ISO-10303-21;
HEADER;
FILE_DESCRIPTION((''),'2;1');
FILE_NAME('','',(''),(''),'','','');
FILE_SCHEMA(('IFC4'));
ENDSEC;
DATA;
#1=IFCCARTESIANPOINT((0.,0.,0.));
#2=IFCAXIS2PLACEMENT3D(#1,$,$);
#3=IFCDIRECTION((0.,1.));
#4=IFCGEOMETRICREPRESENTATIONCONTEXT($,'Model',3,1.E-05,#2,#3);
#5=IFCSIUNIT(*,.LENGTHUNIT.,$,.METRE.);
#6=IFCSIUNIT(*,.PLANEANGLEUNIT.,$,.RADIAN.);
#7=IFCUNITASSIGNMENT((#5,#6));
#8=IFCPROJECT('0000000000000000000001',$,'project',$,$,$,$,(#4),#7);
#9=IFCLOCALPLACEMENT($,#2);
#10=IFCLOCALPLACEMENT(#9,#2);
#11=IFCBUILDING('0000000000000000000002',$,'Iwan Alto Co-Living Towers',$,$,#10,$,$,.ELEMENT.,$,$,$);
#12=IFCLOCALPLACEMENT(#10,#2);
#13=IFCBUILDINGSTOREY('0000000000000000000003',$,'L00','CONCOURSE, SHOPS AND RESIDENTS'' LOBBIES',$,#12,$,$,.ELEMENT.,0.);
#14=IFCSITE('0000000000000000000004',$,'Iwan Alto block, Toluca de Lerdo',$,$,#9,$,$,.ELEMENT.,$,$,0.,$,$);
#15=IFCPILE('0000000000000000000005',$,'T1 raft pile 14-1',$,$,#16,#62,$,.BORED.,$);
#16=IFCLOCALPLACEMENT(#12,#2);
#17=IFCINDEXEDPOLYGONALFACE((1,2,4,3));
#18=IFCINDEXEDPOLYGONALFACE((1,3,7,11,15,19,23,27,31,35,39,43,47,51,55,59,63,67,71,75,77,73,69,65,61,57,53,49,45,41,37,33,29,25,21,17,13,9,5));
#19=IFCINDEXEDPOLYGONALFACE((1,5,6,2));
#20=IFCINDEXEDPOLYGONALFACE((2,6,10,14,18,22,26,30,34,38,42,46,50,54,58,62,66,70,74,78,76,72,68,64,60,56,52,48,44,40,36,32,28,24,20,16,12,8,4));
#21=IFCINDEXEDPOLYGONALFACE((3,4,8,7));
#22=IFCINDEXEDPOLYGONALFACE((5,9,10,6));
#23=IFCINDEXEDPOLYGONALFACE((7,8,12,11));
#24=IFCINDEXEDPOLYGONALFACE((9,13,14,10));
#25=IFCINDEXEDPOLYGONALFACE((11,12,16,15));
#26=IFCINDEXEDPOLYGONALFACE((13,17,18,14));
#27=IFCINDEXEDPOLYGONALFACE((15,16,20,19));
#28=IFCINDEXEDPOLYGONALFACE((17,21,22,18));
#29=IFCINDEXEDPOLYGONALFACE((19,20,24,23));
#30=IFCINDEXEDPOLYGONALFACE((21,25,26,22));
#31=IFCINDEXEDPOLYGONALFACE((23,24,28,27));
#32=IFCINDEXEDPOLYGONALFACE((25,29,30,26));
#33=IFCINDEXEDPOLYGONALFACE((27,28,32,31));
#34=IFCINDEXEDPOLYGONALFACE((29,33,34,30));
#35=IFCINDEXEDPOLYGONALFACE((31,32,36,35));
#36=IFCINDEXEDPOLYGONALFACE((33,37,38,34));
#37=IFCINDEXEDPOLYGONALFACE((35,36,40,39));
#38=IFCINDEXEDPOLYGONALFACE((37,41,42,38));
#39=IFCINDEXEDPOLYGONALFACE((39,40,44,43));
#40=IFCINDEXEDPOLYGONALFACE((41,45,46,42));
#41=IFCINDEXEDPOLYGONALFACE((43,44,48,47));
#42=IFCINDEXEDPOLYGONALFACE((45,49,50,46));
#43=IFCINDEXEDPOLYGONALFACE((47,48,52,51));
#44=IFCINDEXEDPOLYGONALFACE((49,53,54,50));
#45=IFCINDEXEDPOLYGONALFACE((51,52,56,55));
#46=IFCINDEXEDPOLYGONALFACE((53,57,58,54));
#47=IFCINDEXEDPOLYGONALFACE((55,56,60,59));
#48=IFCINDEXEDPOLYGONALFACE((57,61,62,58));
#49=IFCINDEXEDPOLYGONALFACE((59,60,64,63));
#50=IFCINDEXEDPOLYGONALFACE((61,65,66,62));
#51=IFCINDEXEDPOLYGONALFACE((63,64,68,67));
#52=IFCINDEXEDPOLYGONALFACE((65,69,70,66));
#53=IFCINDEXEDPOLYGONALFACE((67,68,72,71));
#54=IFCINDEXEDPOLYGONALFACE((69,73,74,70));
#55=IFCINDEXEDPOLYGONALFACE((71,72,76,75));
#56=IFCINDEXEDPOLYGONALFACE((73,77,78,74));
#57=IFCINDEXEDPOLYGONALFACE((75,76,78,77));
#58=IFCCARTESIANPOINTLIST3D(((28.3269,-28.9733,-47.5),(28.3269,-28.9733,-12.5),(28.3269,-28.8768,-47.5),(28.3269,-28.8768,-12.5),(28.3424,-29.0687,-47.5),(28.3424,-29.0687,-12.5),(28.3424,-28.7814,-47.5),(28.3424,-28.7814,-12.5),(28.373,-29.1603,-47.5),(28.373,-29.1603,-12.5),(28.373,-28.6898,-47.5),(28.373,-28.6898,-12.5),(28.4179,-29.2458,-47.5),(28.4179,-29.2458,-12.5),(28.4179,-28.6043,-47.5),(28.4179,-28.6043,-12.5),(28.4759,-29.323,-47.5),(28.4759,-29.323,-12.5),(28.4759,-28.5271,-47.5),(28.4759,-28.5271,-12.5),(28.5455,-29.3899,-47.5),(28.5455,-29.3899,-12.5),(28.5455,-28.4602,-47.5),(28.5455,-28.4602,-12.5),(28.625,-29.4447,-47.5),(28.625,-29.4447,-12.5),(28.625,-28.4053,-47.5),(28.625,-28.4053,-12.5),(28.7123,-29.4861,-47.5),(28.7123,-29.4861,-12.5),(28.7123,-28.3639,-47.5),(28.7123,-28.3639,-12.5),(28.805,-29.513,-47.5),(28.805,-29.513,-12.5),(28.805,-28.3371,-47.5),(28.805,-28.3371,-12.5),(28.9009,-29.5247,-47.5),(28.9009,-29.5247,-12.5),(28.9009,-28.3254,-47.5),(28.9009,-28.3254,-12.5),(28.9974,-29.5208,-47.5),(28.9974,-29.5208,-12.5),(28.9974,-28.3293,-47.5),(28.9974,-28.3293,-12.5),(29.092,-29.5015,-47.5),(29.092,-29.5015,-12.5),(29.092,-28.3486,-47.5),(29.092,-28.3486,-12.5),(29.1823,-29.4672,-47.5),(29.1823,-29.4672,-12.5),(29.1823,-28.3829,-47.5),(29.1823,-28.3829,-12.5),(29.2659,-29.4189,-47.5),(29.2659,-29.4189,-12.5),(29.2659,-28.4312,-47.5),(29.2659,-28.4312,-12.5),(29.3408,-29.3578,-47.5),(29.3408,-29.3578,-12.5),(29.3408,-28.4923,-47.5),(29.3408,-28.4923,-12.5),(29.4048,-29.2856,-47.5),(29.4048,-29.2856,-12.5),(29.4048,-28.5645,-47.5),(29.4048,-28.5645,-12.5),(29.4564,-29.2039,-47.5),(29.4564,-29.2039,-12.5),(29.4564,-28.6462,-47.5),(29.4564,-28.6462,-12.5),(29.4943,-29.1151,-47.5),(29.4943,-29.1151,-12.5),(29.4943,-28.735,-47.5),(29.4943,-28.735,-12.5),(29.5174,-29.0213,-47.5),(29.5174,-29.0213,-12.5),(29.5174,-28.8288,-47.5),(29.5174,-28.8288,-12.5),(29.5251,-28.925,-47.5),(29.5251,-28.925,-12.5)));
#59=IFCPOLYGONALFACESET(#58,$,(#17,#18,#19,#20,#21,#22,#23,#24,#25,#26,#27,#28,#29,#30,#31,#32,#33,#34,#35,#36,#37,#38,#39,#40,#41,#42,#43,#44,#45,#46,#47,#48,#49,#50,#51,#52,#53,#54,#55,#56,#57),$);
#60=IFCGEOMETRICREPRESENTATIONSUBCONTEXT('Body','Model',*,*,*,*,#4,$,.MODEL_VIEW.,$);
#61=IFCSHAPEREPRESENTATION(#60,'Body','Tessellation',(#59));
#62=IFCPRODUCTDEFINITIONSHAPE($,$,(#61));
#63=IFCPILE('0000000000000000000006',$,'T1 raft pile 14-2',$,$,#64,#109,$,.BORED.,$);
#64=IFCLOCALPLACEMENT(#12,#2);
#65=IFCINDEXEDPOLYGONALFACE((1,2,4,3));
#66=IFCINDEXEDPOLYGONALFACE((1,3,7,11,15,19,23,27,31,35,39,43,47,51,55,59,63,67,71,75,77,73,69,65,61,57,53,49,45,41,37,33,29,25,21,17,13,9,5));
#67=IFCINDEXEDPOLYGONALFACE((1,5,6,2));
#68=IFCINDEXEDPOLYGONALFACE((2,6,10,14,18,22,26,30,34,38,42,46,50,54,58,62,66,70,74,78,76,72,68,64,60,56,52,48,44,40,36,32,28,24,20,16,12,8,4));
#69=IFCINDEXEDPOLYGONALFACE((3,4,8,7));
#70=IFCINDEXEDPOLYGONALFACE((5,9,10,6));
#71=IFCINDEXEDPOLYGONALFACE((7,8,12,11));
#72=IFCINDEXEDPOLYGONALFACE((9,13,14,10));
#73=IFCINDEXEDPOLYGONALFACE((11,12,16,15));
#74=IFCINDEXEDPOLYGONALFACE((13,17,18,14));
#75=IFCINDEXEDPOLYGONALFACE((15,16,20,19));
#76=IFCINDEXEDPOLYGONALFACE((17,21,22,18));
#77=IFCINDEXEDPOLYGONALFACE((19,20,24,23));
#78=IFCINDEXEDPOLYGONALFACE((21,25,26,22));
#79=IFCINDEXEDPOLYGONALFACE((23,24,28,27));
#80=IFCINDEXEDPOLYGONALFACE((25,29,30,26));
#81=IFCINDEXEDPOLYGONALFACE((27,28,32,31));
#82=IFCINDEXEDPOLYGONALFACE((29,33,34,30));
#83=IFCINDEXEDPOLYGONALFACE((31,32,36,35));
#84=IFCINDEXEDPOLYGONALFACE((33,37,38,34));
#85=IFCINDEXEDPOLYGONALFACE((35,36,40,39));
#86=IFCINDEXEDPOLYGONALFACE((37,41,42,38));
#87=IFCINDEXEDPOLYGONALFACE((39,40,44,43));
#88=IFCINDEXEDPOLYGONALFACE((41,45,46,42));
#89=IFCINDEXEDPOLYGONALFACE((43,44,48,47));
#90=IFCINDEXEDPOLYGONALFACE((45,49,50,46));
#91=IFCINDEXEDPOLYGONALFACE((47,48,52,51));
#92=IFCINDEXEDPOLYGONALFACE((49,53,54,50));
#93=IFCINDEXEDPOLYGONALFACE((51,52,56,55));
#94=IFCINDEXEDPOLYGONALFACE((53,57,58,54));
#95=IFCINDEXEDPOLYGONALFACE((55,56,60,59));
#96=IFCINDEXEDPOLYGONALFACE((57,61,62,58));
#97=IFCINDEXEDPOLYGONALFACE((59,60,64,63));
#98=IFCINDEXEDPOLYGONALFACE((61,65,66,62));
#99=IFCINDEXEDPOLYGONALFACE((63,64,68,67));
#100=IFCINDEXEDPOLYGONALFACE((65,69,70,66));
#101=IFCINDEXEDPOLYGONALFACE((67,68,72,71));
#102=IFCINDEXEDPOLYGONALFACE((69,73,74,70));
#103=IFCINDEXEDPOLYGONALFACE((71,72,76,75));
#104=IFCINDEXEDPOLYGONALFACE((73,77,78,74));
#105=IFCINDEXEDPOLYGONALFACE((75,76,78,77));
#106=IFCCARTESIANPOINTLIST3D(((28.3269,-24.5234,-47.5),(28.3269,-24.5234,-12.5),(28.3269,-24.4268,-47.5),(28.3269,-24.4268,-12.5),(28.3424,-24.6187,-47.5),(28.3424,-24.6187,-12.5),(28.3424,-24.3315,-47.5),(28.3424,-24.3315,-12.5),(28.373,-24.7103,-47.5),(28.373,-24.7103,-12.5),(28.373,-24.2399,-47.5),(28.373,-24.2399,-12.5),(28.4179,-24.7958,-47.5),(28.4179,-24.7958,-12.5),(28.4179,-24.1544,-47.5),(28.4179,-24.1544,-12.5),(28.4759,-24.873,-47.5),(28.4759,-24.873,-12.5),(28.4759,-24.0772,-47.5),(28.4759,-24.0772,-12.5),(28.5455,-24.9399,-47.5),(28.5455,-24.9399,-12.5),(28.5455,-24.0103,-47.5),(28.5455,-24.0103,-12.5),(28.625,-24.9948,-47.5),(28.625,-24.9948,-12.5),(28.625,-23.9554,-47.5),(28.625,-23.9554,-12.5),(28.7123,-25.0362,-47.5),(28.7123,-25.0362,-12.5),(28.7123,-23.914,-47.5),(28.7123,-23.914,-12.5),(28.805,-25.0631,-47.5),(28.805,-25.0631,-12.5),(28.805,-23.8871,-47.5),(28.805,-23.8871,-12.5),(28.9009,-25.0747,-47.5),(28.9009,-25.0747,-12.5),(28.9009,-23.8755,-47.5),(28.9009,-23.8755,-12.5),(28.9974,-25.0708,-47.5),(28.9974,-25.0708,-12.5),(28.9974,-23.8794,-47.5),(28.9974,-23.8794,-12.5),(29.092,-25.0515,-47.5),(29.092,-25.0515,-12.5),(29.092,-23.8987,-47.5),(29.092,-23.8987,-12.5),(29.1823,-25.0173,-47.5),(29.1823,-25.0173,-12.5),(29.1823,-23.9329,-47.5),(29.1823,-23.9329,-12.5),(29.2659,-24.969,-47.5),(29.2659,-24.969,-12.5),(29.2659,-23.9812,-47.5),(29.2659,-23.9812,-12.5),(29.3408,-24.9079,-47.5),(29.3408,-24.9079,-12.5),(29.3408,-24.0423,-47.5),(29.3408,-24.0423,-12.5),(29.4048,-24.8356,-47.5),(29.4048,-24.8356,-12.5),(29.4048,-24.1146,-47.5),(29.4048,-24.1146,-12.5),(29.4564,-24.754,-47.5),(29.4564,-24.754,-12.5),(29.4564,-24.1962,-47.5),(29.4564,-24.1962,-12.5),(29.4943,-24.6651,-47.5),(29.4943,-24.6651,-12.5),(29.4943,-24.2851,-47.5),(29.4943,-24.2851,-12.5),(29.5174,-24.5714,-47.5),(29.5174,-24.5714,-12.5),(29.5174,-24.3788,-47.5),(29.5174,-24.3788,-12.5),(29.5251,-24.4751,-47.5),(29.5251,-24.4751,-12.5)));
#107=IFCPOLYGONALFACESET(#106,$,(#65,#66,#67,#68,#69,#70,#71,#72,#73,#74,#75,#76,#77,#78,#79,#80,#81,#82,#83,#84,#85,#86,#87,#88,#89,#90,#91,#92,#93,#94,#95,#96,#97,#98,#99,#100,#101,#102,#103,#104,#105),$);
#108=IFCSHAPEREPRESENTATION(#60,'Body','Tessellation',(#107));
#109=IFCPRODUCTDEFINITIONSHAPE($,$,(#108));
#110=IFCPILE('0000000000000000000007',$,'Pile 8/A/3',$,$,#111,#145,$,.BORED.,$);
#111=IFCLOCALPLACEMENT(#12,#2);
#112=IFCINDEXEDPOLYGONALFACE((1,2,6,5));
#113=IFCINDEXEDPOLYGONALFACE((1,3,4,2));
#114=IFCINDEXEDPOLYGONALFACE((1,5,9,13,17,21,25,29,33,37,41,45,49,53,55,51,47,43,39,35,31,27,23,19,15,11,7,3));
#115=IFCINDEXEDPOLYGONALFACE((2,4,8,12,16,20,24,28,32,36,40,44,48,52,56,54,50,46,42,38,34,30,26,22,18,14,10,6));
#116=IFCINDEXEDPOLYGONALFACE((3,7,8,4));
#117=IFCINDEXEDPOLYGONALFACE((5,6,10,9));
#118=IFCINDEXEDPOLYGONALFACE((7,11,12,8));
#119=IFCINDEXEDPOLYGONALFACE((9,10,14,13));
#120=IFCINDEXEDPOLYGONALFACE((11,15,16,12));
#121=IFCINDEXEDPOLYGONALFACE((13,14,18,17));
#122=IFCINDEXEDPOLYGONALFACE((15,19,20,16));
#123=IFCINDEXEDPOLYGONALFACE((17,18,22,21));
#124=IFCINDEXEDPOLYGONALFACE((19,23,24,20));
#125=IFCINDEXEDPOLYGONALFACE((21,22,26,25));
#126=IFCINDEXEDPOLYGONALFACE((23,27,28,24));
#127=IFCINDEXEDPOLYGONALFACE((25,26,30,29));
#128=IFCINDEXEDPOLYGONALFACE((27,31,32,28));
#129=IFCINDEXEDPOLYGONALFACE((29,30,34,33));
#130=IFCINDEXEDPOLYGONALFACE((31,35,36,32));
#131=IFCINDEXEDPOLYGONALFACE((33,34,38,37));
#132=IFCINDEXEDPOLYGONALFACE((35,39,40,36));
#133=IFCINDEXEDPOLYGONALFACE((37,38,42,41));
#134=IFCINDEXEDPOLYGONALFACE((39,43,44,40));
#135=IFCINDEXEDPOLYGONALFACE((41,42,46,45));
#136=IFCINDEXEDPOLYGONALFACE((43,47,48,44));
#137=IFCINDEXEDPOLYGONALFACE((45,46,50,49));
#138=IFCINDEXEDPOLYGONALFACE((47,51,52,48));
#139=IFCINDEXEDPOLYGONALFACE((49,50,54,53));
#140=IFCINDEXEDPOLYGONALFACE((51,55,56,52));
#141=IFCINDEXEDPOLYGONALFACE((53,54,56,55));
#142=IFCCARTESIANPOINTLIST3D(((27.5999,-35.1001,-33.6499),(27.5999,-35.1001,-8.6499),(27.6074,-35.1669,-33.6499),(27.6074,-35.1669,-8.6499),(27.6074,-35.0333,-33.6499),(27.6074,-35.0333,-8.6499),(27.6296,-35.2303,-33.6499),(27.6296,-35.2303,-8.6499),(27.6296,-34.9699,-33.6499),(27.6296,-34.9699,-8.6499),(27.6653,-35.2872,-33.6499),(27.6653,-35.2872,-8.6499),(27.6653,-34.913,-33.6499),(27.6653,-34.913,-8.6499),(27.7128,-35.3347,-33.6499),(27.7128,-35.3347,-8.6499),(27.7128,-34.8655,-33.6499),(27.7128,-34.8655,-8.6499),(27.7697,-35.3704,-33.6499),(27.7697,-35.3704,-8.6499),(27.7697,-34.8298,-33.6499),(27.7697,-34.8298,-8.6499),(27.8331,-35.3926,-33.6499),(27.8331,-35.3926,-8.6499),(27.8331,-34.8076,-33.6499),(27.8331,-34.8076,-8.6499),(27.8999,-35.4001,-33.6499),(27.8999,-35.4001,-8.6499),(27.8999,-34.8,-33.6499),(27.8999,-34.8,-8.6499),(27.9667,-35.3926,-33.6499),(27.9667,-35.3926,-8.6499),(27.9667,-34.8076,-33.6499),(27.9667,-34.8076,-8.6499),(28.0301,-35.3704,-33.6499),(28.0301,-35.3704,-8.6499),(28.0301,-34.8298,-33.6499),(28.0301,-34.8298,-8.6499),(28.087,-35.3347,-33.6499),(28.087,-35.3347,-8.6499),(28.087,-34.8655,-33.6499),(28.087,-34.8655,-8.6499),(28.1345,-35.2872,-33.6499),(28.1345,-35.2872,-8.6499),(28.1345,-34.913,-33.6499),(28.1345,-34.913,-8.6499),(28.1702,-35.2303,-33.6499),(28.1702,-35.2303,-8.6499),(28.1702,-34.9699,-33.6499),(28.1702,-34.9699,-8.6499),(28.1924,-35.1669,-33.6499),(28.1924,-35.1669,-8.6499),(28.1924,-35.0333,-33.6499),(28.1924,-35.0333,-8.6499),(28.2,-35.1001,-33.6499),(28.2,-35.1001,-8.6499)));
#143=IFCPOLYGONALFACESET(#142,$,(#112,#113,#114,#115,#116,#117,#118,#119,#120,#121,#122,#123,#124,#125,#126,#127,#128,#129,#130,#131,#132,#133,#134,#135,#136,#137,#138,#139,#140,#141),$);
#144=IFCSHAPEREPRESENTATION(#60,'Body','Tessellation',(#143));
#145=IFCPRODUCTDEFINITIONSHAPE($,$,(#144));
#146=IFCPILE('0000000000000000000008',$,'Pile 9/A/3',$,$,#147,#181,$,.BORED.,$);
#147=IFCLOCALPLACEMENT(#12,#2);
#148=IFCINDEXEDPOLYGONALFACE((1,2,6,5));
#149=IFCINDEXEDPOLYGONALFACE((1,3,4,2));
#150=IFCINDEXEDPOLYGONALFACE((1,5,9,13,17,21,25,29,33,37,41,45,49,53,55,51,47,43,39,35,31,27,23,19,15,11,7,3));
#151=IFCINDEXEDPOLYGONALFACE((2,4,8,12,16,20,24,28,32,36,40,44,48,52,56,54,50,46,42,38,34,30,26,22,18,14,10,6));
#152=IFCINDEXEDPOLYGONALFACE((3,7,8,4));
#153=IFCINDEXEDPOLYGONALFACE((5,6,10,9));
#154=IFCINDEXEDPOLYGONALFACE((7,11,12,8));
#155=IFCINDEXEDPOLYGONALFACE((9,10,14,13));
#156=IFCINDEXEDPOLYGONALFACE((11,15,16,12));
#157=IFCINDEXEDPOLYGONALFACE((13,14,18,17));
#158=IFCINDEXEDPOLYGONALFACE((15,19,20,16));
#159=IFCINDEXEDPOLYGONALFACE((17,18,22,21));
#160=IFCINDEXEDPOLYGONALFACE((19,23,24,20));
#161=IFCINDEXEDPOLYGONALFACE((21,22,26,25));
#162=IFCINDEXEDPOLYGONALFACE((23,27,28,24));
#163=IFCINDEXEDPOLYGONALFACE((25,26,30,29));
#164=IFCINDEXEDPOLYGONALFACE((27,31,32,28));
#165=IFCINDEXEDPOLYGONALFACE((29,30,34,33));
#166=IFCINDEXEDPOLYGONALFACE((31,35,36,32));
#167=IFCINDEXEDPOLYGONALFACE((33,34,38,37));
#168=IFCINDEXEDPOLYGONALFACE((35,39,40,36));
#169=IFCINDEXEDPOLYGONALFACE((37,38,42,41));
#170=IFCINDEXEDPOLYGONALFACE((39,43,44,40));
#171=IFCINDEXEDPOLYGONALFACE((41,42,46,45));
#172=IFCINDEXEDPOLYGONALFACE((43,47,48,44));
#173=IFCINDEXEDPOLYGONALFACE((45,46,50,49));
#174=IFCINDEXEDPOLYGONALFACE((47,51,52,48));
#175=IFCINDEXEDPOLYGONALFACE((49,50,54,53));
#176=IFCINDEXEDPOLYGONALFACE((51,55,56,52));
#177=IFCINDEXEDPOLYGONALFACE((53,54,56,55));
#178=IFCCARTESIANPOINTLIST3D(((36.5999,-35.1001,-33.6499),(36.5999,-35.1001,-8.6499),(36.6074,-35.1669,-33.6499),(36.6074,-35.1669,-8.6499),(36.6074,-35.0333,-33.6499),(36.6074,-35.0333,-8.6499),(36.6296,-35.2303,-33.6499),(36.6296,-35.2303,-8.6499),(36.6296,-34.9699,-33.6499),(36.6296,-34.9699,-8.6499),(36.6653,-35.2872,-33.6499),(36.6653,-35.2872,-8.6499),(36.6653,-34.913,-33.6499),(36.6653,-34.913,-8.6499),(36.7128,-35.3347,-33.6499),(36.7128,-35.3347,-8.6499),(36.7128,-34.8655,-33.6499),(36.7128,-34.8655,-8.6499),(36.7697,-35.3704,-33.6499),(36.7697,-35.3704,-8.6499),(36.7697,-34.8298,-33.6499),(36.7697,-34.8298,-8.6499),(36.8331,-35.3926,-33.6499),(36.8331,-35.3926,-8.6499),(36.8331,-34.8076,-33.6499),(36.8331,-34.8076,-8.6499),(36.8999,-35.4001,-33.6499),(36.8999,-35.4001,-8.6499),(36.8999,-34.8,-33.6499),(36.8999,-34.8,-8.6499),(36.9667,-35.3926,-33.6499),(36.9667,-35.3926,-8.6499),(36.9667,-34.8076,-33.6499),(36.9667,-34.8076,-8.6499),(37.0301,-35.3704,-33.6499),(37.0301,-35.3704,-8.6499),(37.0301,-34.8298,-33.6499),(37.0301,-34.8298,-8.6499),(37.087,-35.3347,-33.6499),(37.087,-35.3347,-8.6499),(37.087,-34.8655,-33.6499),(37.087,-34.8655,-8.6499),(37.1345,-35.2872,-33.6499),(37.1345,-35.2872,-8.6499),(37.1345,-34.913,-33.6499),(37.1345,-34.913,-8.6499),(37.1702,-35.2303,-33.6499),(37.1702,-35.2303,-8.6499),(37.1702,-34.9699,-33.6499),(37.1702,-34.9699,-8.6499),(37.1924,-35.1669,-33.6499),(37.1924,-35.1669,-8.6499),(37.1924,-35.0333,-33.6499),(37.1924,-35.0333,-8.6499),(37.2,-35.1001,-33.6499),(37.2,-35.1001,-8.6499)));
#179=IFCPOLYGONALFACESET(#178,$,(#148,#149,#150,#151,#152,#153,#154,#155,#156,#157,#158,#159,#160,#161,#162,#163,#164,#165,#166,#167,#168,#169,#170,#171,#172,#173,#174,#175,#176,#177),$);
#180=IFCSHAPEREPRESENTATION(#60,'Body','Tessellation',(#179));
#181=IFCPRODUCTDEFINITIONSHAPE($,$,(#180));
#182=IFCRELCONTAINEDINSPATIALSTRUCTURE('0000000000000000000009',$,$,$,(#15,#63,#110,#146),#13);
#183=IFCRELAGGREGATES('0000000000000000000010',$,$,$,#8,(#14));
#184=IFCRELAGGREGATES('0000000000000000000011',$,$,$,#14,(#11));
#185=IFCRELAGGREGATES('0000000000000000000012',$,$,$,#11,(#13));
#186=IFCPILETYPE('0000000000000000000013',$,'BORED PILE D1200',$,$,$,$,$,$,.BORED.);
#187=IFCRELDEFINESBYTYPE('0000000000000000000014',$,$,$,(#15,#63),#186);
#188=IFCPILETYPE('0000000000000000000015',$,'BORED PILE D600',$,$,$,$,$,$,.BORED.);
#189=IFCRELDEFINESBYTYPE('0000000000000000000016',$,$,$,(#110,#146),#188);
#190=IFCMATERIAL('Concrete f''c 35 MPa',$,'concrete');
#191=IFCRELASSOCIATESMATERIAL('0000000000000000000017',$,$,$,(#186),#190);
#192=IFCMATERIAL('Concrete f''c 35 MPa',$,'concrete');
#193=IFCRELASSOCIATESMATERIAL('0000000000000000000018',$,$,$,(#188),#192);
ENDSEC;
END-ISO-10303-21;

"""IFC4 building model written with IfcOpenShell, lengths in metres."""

from ifc_helpers import new_model, si_unit, direction, frame, origin, origin_2d, place, context, subcontext, project, spatial, circle, extrude, material, material_profile, profile_set, type_object, element, save


model = new_model("IFC4")

# Units and contexts
model_context = context("Model", 3, precision=1e-05, world=origin(), true_north=direction((0.0, 1.0)))
body_context = subcontext(model_context, "Body", "Model", "MODEL_VIEW")
ifc_project = project(units=[si_unit("LENGTHUNIT", "METRE"), si_unit("PLANEANGLEUNIT", "RADIAN")], contexts=[model_context])

# Site, building, storey
site_placement = place(None, origin())
site = spatial("IfcSite", under=ifc_project, at=site_placement, Name="Iwan Alto block, Toluca de Lerdo", CompositionType="ELEMENT", RefElevation=0.0)
building_placement = place(site_placement, origin())
building = spatial("IfcBuilding", under=site, at=building_placement, Name="Iwan Alto Co-Living Towers", CompositionType="ELEMENT")
storey_placement = place(building_placement, origin())
storey = spatial("IfcBuildingStorey", under=building, at=storey_placement, Name="L00", Description="CONCOURSE, SHOPS AND RESIDENTS' LOBBIES", CompositionType="ELEMENT", Elevation=0.0)

# Piles
ifc_material_1 = material(Name="Concrete f'c 35 MPa", Category="concrete")
ifc_material_profile_1 = material_profile(ifc_material_1, circle(Radius=0.6001, at=origin_2d()), Name="D1200")
ifc_profile_set_1 = profile_set([ifc_material_profile_1], Name="Concrete f'c 35 MPa")
pile_type_1 = type_object("IfcPileType", Name="BORED PILE D1200", PredefinedType="BORED", material=ifc_profile_set_1)
for number, where, z_axis, x_axis, name in (
    (1, (28.925, -28.925, -12.5), (0.0, 0.0, -1.0), (1.0, 0.0, 0.0), "T1 raft pile 14-1"),
    (2, (28.925, -24.4751, -12.5), (0.0, 0.0, -1.0), (1.0, 0.0, 0.0), "T1 raft pile 14-2"),
):
    element("IfcPile", number, at=place(storey_placement, frame(where, z_axis=z_axis, x_axis=x_axis)), inside=storey, type_object=pile_type_1, Name=name, PredefinedType="BORED", context=body_context, shape_type="SweptSolid", body=[
        extrude(circle(Radius=0.6001, at=origin_2d()), origin(), (0.0, 0.0, 1.0), 35.0),
    ])
ifc_material_2 = material(Name="Concrete f'c 35 MPa", Category="concrete")
ifc_material_profile_2 = material_profile(ifc_material_2, circle(Radius=0.3, at=origin_2d()), Name="D600")
ifc_profile_set_2 = profile_set([ifc_material_profile_2], Name="Concrete f'c 35 MPa")
pile_type_2 = type_object("IfcPileType", Name="BORED PILE D600", PredefinedType="BORED", material=ifc_profile_set_2)
for number, where, z_axis, x_axis, name in (
    (3, (27.8999, -35.1001, -8.6499), (0.0, 0.0, -1.0), (1.0, 0.0, 0.0), "Pile 8/A/3"),
    (4, (36.8999, -35.1001, -8.6499), (0.0, 0.0, -1.0), (1.0, 0.0, 0.0), "Pile 9/A/3"),
):
    element("IfcPile", number, at=place(storey_placement, frame(where, z_axis=z_axis, x_axis=x_axis)), inside=storey, type_object=pile_type_2, Name=name, PredefinedType="BORED", context=body_context, shape_type="SweptSolid", body=[
        extrude(circle(Radius=0.3, at=origin_2d()), origin(), (0.0, 0.0, 1.0), 25.0),
    ])

save(model, "model.ifc")
